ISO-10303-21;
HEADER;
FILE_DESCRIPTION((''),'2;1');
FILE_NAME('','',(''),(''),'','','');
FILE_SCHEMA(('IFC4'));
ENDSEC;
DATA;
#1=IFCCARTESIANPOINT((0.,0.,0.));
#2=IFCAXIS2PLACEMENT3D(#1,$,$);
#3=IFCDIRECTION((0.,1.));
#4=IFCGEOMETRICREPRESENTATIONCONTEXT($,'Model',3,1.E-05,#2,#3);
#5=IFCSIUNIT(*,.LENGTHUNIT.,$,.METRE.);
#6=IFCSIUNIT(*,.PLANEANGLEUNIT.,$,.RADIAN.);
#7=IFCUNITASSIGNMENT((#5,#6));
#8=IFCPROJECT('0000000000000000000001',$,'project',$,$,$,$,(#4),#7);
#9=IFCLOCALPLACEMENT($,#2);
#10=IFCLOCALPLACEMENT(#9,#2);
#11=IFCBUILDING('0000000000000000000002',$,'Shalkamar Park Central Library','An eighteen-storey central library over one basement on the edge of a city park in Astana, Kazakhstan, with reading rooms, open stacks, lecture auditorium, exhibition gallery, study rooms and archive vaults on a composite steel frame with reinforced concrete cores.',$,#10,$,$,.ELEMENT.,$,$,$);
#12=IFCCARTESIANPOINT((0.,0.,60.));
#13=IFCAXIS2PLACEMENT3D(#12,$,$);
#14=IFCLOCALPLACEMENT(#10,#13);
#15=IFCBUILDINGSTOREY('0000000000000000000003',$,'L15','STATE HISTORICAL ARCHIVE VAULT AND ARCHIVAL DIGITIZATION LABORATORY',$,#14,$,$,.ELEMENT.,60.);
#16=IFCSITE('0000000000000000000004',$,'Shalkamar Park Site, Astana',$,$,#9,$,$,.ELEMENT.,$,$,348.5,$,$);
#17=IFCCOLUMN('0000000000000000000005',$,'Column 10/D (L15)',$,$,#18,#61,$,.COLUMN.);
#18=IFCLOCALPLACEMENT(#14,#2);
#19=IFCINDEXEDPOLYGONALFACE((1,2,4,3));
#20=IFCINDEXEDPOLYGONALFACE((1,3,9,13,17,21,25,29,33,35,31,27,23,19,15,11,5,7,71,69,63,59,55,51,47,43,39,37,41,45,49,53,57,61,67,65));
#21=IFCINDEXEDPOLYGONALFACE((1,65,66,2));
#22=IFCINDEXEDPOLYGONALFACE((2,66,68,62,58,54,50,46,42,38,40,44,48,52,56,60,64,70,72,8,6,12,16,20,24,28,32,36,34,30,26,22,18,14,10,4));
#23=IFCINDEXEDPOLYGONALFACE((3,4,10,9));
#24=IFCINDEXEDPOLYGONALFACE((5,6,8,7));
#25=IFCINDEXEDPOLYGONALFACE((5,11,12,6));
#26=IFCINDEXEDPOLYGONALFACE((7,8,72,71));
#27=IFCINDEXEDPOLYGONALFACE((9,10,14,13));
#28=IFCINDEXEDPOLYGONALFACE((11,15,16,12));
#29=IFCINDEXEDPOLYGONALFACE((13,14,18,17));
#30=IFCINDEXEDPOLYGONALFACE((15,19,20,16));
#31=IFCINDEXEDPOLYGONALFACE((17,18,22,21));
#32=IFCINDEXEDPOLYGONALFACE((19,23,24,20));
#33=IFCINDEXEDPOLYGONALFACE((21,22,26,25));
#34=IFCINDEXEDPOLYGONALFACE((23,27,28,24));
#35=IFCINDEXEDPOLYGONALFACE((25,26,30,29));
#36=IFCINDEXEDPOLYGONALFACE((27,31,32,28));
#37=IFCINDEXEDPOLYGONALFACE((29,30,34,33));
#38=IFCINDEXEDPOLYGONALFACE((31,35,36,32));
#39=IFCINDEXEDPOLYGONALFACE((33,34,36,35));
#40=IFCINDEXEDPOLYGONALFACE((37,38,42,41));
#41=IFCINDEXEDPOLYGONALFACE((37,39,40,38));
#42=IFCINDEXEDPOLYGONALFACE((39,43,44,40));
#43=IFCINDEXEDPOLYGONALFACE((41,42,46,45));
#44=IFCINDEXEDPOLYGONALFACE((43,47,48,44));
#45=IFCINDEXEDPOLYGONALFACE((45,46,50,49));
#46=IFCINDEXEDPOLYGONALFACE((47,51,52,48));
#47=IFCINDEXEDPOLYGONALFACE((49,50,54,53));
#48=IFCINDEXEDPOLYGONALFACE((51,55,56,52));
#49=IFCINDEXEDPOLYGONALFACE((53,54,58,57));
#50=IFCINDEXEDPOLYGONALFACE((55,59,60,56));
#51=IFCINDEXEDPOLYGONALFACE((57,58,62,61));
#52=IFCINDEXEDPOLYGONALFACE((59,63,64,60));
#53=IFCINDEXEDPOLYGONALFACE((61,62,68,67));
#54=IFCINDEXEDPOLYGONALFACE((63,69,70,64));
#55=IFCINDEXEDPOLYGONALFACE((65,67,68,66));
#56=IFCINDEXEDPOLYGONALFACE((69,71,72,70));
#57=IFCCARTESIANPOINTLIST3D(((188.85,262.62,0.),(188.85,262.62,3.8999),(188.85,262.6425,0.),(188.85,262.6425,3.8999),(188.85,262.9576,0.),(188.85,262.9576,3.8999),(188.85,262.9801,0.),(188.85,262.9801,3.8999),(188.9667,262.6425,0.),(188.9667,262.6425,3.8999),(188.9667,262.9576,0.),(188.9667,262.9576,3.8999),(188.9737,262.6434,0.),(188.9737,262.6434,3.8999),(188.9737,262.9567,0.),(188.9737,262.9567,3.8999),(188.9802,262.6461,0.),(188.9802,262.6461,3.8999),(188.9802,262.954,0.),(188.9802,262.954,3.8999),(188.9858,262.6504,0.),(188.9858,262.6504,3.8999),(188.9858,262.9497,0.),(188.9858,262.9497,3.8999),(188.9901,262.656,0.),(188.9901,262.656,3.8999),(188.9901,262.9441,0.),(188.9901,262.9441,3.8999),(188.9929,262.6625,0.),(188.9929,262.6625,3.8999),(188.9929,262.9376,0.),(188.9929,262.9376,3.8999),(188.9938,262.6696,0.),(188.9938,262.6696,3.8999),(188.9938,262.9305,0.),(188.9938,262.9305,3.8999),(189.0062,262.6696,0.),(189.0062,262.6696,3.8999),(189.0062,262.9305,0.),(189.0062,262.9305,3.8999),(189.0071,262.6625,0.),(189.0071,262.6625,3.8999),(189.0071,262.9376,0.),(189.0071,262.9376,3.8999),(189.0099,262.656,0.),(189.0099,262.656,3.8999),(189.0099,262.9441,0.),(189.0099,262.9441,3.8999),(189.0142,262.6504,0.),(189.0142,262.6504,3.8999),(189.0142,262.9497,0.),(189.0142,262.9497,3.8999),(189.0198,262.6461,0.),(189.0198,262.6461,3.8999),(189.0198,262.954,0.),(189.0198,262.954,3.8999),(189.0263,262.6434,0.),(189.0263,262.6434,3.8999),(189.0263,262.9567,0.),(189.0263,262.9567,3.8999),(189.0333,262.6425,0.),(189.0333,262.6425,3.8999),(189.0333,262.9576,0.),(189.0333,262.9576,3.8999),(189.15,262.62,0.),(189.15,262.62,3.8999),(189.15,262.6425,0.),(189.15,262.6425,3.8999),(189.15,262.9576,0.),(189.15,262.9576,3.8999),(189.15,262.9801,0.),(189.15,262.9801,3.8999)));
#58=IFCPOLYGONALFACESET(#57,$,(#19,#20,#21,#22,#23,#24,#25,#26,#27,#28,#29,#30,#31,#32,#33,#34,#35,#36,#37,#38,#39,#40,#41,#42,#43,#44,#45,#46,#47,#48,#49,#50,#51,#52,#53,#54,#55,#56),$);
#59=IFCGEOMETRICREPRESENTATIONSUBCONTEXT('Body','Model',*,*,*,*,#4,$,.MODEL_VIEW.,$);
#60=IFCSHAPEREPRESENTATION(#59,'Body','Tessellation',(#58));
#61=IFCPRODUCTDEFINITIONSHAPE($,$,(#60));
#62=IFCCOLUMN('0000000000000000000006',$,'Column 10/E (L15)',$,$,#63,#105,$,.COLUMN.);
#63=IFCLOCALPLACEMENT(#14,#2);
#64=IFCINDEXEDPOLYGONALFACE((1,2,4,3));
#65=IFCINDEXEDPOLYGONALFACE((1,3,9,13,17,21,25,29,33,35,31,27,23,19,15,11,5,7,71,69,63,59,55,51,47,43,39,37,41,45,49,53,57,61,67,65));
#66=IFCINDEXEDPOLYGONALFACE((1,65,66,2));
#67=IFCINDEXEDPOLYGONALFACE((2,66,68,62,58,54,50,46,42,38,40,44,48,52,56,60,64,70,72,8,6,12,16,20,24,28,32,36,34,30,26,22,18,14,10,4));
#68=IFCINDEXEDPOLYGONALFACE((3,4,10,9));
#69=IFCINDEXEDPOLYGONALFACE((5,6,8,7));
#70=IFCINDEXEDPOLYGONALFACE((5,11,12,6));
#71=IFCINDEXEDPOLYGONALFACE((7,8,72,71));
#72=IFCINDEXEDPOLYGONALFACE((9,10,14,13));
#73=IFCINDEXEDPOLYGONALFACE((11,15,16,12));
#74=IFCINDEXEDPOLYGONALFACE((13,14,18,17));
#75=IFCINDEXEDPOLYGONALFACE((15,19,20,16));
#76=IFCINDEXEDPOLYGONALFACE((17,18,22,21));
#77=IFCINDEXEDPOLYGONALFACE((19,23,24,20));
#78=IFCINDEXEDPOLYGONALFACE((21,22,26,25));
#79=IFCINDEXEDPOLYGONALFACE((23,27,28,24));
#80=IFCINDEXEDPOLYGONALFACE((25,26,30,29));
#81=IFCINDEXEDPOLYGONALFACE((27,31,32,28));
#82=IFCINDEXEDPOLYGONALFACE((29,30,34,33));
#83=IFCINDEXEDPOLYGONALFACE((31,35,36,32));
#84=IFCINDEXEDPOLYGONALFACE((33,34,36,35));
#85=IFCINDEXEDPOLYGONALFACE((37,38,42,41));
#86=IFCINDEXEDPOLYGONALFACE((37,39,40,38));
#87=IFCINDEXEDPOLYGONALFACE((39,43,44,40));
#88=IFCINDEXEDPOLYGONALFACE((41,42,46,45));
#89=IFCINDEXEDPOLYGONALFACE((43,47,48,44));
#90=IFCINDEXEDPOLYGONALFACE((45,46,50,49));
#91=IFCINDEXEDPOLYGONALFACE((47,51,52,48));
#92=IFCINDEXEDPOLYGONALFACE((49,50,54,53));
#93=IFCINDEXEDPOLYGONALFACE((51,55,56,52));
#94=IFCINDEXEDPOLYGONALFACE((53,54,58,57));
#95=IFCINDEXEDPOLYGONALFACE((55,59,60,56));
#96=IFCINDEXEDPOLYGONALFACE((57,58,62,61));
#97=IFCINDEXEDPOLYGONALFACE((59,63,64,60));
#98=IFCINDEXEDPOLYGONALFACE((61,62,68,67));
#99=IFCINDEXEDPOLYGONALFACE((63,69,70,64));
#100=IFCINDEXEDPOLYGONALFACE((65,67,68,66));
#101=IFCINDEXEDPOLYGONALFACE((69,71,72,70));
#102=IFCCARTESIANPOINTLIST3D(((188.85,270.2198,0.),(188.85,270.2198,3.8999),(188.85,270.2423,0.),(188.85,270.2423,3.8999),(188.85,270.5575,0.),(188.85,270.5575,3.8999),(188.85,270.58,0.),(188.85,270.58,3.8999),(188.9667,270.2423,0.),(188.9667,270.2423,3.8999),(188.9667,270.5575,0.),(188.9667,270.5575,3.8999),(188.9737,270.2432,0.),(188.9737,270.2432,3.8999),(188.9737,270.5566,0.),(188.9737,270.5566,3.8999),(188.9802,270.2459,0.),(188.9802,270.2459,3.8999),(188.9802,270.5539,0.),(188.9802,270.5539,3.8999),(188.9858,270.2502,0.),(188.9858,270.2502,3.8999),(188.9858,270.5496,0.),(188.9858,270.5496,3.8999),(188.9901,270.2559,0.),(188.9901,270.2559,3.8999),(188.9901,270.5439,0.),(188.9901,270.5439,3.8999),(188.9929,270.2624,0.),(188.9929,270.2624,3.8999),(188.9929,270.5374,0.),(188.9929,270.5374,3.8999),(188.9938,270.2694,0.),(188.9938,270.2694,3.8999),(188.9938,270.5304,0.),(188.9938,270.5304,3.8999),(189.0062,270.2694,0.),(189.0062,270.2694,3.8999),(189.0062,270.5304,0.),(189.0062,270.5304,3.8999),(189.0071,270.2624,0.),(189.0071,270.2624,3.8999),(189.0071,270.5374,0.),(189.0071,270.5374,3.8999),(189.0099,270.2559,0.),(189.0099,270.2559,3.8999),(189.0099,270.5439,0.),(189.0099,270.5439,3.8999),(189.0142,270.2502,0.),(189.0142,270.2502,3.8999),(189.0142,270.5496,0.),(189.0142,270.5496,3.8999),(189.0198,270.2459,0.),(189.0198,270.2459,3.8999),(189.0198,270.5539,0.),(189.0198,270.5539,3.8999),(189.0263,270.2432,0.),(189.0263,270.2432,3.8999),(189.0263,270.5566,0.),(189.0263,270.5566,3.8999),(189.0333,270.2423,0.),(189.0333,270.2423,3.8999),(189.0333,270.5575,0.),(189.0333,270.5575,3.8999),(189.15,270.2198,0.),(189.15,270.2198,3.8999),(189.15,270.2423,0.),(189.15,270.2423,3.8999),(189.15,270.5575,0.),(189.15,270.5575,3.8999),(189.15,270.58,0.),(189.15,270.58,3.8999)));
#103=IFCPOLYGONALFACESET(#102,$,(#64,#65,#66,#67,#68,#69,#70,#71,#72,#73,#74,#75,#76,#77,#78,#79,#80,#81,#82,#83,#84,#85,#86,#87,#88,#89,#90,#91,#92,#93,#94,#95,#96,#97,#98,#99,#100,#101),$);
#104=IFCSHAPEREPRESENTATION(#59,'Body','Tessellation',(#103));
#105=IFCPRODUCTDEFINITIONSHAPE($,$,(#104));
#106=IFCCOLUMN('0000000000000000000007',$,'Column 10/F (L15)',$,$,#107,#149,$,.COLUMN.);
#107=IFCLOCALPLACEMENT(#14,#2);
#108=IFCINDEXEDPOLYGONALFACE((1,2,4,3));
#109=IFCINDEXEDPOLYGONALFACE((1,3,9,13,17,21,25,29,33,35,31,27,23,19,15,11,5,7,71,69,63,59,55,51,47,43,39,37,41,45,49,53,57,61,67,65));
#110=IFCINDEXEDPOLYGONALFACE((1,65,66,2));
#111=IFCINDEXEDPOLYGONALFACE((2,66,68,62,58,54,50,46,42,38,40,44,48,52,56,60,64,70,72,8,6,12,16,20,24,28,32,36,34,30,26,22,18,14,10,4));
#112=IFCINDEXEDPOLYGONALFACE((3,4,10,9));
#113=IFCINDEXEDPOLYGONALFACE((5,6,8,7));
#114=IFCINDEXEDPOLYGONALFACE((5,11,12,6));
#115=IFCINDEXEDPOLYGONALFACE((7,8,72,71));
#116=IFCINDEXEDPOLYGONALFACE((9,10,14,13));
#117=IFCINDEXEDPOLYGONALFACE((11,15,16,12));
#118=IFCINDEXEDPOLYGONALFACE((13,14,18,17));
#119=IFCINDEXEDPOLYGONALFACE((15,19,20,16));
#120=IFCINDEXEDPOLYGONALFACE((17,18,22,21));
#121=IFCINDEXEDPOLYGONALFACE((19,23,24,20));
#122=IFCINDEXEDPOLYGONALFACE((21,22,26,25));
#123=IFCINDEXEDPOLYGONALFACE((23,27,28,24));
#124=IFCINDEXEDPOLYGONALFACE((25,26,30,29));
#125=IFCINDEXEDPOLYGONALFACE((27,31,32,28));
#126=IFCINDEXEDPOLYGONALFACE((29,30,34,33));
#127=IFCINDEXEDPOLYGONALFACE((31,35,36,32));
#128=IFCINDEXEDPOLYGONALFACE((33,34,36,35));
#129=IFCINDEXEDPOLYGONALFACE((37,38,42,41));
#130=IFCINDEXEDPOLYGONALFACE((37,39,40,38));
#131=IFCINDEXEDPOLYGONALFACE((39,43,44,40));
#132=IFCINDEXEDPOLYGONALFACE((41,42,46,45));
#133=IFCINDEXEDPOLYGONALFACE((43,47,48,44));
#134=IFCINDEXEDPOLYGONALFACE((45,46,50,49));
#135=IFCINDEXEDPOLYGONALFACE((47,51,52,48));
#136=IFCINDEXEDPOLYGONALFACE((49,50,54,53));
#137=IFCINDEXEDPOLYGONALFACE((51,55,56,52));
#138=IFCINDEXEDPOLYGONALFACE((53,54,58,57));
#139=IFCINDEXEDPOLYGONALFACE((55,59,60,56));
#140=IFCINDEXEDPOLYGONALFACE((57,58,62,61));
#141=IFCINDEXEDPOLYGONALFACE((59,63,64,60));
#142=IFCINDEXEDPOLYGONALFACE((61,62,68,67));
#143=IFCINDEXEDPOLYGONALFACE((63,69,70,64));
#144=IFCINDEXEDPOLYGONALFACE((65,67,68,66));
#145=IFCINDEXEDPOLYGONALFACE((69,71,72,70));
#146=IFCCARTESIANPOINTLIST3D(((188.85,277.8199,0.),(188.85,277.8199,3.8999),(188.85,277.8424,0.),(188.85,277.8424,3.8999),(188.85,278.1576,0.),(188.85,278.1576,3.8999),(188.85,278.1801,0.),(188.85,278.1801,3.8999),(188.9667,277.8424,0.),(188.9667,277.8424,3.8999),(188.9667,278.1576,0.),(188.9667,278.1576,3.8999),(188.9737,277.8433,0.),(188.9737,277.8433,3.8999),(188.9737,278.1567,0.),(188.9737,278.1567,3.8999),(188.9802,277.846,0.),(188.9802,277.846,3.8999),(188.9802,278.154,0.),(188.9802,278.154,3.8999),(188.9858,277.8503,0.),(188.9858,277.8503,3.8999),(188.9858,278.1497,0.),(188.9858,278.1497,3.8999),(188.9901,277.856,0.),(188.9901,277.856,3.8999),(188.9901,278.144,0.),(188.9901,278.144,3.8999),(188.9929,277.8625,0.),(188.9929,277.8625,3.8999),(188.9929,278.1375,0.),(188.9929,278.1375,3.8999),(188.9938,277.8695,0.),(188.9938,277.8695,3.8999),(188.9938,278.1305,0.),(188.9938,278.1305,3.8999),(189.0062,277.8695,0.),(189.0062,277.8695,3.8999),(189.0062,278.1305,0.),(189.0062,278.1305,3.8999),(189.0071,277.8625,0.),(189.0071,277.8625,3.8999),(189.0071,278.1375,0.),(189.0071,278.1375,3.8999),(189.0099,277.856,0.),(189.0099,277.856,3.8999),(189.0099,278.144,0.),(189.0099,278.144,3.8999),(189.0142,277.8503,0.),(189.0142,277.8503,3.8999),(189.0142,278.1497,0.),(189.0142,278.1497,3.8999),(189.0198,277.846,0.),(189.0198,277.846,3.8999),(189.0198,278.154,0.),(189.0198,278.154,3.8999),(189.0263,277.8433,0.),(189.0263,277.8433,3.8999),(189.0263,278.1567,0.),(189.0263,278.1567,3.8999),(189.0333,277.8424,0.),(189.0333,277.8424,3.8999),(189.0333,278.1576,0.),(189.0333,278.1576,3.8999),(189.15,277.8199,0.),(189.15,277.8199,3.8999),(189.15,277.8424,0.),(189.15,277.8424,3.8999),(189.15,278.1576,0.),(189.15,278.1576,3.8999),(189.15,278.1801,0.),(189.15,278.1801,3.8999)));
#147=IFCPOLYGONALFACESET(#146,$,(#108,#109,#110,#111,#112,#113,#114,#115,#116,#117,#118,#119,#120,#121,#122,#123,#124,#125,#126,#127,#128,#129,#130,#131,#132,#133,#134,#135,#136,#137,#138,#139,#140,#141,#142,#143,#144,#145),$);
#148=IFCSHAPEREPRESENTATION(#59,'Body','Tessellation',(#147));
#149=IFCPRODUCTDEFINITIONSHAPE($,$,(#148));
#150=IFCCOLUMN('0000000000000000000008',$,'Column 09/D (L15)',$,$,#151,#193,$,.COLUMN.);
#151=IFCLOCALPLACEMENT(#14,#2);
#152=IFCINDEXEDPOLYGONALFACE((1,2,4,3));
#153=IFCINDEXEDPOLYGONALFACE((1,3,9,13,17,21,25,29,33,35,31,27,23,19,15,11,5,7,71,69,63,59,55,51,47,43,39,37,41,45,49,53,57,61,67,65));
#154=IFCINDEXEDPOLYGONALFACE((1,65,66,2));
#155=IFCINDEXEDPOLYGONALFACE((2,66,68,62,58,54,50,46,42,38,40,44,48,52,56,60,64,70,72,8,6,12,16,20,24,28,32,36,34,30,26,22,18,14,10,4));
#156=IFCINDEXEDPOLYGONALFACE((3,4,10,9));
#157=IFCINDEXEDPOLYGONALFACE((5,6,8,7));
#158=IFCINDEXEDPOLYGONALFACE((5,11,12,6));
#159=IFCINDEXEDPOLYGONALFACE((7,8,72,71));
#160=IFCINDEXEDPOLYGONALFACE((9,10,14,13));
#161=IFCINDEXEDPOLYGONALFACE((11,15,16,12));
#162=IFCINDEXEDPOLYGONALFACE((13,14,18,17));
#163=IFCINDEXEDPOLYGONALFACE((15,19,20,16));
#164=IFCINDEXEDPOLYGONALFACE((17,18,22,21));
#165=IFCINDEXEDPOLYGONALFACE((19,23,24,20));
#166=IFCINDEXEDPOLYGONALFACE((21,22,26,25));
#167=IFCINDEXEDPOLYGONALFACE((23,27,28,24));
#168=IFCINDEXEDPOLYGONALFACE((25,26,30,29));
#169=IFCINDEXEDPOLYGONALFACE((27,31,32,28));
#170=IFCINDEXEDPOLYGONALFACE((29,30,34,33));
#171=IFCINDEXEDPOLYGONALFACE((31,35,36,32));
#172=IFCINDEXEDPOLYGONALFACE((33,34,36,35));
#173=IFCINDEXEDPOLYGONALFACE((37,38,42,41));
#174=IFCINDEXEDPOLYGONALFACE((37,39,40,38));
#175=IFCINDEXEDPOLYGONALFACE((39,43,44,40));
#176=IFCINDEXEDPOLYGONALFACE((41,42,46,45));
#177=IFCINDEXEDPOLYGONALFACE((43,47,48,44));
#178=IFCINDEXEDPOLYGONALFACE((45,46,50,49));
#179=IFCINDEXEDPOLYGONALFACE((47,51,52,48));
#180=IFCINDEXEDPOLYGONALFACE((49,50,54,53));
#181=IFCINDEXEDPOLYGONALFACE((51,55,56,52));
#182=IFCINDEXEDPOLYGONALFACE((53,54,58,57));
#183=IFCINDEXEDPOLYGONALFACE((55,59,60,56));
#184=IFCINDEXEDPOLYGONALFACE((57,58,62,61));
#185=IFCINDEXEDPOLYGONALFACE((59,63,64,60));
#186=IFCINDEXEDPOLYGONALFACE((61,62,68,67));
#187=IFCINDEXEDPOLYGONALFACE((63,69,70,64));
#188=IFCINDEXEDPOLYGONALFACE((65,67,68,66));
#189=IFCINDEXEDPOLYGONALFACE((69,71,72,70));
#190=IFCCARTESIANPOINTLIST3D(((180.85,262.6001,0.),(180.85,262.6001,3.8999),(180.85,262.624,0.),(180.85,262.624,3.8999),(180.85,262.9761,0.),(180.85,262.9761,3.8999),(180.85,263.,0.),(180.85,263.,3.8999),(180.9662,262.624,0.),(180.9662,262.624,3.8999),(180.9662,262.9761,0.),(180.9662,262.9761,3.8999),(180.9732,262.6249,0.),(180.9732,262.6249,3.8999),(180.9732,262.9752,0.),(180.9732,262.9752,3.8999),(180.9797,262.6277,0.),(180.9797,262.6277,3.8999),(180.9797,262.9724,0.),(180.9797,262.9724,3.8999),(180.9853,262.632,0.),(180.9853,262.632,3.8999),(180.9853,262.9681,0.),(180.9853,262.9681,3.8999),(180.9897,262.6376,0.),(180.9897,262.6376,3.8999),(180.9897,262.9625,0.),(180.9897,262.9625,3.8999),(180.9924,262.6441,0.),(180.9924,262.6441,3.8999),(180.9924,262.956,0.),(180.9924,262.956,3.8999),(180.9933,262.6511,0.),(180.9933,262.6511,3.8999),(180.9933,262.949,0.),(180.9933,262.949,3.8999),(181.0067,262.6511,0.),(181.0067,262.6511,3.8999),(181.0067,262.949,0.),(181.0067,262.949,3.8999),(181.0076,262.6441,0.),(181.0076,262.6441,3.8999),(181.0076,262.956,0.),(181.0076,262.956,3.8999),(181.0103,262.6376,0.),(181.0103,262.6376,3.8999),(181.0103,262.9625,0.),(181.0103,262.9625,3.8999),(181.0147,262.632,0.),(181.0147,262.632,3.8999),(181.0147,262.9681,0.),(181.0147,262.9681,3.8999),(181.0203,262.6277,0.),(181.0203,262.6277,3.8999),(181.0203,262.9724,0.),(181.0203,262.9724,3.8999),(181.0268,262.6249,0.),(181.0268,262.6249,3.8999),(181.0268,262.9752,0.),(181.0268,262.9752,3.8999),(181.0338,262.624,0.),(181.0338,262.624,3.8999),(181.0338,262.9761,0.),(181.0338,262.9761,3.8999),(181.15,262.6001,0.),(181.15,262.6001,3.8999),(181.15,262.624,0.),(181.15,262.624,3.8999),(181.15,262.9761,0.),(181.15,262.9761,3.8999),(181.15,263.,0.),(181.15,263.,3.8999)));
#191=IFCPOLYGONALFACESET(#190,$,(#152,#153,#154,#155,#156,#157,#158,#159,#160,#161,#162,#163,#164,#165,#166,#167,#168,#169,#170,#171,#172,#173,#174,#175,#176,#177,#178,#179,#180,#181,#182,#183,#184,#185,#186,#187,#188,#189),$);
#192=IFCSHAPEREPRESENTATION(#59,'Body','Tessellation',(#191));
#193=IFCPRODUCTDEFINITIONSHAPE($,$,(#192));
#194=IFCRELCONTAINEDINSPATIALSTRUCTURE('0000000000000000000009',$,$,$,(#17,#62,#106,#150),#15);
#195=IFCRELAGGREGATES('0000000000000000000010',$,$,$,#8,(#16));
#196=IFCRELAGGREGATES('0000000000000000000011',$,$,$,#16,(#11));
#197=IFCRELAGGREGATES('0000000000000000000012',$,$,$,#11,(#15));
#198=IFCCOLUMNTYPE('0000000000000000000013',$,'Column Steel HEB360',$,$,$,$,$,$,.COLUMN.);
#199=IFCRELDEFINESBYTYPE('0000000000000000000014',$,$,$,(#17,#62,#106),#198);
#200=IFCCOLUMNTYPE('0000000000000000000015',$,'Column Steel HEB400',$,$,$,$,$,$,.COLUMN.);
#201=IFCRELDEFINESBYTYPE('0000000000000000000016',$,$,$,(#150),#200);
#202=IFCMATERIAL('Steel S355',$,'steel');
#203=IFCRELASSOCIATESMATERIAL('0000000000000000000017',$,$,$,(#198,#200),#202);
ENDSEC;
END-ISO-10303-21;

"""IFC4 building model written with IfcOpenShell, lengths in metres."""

from ifc_helpers import new_model, si_unit, direction, frame, origin, origin_2d, place, context, subcontext, project, spatial, i_section, extrude, material, material_profile, profile_set, type_object, element, save


model = new_model("IFC4")

# Units and contexts
model_context = context("Model", 3, precision=1e-05, world=origin(), true_north=direction((0.0, 1.0)))
body_context = subcontext(model_context, "Body", "Model", "MODEL_VIEW")
ifc_project = project(units=[si_unit("LENGTHUNIT", "METRE"), si_unit("PLANEANGLEUNIT", "RADIAN")], contexts=[model_context])

# Site, building, storey
site_placement = place(None, origin())
site = spatial("IfcSite", under=ifc_project, at=site_placement, Name="Shalkamar Park Site, Astana", CompositionType="ELEMENT", RefElevation=348.5)
building_placement = place(site_placement, origin())
building = spatial("IfcBuilding", under=site, at=building_placement, Name="Shalkamar Park Central Library", Description="An eighteen-storey central library over one basement on the edge of a city park in Astana, Kazakhstan, with reading rooms, open stacks, lecture auditorium, exhibition gallery, study rooms and archive vaults on a composite steel frame with reinforced concrete cores.", CompositionType="ELEMENT")
storey_placement = place(building_placement, frame((0.0, 0.0, 60.0)))
storey = spatial("IfcBuildingStorey", under=building, at=storey_placement, Name="L15", Description="STATE HISTORICAL ARCHIVE VAULT AND ARCHIVAL DIGITIZATION LABORATORY", CompositionType="ELEMENT", Elevation=60.0)

# Columns
ifc_material_1 = material(Name="Steel S355", Category="steel")
ifc_material_profile_1 = material_profile(ifc_material_1, i_section(OverallWidth=0.3, OverallDepth=0.3601, WebThickness=0.0125, FlangeThickness=0.0225, FilletRadius=0.0271, at=origin_2d()), Name="HEB 360")
ifc_profile_set_1 = profile_set([ifc_material_profile_1], Name="Steel S355")
column_type_1 = type_object("IfcColumnType", Name="Column Steel HEB360", PredefinedType="COLUMN", material=ifc_profile_set_1)
for number, where, z_axis, x_axis, name in (
    (1, (189.0, 262.8, 0.0), (0.0, 0.0, 1.0), (1.0, 0.0, 0.0), "Column 10/D (L15)"),
    (2, (189.0, 270.3999, 0.0), (0.0, 0.0, 1.0), (1.0, 0.0, 0.0), "Column 10/E (L15)"),
    (3, (189.0, 278.0, 0.0), (0.0, 0.0, 1.0), (1.0, 0.0, 0.0), "Column 10/F (L15)"),
):
    element("IfcColumn", number, at=place(storey_placement, frame(where, z_axis=z_axis, x_axis=x_axis)), inside=storey, type_object=column_type_1, Name=name, PredefinedType="COLUMN", context=body_context, shape_type="SweptSolid", body=[
        extrude(i_section(OverallWidth=0.3, OverallDepth=0.3601, WebThickness=0.0125, FlangeThickness=0.0225, FilletRadius=0.0271, at=origin_2d()), origin(), (0.0, 0.0, 1.0), 3.8999),
    ])
ifc_material_profile_2 = material_profile(ifc_material_1, i_section(OverallWidth=0.3, OverallDepth=0.3999, WebThickness=0.0134, FlangeThickness=0.0239, FilletRadius=0.0271, at=origin_2d()), Name="HEB 400")
ifc_profile_set_2 = profile_set([ifc_material_profile_2], Name="Steel S355")
column_type_2 = type_object("IfcColumnType", Name="Column Steel HEB400", PredefinedType="COLUMN", material=ifc_profile_set_2)
for number, where, z_axis, x_axis, name in (
    (4, (181.0, 262.8, 0.0), (0.0, 0.0, 1.0), (1.0, 0.0, 0.0), "Column 09/D (L15)"),
):
    element("IfcColumn", number, at=place(storey_placement, frame(where, z_axis=z_axis, x_axis=x_axis)), inside=storey, type_object=column_type_2, Name=name, PredefinedType="COLUMN", context=body_context, shape_type="SweptSolid", body=[
        extrude(i_section(OverallWidth=0.3, OverallDepth=0.3999, WebThickness=0.0134, FlangeThickness=0.0239, FilletRadius=0.0271, at=origin_2d()), origin(), (0.0, 0.0, 1.0), 3.8999),
    ])

save(model, "model.ifc")
